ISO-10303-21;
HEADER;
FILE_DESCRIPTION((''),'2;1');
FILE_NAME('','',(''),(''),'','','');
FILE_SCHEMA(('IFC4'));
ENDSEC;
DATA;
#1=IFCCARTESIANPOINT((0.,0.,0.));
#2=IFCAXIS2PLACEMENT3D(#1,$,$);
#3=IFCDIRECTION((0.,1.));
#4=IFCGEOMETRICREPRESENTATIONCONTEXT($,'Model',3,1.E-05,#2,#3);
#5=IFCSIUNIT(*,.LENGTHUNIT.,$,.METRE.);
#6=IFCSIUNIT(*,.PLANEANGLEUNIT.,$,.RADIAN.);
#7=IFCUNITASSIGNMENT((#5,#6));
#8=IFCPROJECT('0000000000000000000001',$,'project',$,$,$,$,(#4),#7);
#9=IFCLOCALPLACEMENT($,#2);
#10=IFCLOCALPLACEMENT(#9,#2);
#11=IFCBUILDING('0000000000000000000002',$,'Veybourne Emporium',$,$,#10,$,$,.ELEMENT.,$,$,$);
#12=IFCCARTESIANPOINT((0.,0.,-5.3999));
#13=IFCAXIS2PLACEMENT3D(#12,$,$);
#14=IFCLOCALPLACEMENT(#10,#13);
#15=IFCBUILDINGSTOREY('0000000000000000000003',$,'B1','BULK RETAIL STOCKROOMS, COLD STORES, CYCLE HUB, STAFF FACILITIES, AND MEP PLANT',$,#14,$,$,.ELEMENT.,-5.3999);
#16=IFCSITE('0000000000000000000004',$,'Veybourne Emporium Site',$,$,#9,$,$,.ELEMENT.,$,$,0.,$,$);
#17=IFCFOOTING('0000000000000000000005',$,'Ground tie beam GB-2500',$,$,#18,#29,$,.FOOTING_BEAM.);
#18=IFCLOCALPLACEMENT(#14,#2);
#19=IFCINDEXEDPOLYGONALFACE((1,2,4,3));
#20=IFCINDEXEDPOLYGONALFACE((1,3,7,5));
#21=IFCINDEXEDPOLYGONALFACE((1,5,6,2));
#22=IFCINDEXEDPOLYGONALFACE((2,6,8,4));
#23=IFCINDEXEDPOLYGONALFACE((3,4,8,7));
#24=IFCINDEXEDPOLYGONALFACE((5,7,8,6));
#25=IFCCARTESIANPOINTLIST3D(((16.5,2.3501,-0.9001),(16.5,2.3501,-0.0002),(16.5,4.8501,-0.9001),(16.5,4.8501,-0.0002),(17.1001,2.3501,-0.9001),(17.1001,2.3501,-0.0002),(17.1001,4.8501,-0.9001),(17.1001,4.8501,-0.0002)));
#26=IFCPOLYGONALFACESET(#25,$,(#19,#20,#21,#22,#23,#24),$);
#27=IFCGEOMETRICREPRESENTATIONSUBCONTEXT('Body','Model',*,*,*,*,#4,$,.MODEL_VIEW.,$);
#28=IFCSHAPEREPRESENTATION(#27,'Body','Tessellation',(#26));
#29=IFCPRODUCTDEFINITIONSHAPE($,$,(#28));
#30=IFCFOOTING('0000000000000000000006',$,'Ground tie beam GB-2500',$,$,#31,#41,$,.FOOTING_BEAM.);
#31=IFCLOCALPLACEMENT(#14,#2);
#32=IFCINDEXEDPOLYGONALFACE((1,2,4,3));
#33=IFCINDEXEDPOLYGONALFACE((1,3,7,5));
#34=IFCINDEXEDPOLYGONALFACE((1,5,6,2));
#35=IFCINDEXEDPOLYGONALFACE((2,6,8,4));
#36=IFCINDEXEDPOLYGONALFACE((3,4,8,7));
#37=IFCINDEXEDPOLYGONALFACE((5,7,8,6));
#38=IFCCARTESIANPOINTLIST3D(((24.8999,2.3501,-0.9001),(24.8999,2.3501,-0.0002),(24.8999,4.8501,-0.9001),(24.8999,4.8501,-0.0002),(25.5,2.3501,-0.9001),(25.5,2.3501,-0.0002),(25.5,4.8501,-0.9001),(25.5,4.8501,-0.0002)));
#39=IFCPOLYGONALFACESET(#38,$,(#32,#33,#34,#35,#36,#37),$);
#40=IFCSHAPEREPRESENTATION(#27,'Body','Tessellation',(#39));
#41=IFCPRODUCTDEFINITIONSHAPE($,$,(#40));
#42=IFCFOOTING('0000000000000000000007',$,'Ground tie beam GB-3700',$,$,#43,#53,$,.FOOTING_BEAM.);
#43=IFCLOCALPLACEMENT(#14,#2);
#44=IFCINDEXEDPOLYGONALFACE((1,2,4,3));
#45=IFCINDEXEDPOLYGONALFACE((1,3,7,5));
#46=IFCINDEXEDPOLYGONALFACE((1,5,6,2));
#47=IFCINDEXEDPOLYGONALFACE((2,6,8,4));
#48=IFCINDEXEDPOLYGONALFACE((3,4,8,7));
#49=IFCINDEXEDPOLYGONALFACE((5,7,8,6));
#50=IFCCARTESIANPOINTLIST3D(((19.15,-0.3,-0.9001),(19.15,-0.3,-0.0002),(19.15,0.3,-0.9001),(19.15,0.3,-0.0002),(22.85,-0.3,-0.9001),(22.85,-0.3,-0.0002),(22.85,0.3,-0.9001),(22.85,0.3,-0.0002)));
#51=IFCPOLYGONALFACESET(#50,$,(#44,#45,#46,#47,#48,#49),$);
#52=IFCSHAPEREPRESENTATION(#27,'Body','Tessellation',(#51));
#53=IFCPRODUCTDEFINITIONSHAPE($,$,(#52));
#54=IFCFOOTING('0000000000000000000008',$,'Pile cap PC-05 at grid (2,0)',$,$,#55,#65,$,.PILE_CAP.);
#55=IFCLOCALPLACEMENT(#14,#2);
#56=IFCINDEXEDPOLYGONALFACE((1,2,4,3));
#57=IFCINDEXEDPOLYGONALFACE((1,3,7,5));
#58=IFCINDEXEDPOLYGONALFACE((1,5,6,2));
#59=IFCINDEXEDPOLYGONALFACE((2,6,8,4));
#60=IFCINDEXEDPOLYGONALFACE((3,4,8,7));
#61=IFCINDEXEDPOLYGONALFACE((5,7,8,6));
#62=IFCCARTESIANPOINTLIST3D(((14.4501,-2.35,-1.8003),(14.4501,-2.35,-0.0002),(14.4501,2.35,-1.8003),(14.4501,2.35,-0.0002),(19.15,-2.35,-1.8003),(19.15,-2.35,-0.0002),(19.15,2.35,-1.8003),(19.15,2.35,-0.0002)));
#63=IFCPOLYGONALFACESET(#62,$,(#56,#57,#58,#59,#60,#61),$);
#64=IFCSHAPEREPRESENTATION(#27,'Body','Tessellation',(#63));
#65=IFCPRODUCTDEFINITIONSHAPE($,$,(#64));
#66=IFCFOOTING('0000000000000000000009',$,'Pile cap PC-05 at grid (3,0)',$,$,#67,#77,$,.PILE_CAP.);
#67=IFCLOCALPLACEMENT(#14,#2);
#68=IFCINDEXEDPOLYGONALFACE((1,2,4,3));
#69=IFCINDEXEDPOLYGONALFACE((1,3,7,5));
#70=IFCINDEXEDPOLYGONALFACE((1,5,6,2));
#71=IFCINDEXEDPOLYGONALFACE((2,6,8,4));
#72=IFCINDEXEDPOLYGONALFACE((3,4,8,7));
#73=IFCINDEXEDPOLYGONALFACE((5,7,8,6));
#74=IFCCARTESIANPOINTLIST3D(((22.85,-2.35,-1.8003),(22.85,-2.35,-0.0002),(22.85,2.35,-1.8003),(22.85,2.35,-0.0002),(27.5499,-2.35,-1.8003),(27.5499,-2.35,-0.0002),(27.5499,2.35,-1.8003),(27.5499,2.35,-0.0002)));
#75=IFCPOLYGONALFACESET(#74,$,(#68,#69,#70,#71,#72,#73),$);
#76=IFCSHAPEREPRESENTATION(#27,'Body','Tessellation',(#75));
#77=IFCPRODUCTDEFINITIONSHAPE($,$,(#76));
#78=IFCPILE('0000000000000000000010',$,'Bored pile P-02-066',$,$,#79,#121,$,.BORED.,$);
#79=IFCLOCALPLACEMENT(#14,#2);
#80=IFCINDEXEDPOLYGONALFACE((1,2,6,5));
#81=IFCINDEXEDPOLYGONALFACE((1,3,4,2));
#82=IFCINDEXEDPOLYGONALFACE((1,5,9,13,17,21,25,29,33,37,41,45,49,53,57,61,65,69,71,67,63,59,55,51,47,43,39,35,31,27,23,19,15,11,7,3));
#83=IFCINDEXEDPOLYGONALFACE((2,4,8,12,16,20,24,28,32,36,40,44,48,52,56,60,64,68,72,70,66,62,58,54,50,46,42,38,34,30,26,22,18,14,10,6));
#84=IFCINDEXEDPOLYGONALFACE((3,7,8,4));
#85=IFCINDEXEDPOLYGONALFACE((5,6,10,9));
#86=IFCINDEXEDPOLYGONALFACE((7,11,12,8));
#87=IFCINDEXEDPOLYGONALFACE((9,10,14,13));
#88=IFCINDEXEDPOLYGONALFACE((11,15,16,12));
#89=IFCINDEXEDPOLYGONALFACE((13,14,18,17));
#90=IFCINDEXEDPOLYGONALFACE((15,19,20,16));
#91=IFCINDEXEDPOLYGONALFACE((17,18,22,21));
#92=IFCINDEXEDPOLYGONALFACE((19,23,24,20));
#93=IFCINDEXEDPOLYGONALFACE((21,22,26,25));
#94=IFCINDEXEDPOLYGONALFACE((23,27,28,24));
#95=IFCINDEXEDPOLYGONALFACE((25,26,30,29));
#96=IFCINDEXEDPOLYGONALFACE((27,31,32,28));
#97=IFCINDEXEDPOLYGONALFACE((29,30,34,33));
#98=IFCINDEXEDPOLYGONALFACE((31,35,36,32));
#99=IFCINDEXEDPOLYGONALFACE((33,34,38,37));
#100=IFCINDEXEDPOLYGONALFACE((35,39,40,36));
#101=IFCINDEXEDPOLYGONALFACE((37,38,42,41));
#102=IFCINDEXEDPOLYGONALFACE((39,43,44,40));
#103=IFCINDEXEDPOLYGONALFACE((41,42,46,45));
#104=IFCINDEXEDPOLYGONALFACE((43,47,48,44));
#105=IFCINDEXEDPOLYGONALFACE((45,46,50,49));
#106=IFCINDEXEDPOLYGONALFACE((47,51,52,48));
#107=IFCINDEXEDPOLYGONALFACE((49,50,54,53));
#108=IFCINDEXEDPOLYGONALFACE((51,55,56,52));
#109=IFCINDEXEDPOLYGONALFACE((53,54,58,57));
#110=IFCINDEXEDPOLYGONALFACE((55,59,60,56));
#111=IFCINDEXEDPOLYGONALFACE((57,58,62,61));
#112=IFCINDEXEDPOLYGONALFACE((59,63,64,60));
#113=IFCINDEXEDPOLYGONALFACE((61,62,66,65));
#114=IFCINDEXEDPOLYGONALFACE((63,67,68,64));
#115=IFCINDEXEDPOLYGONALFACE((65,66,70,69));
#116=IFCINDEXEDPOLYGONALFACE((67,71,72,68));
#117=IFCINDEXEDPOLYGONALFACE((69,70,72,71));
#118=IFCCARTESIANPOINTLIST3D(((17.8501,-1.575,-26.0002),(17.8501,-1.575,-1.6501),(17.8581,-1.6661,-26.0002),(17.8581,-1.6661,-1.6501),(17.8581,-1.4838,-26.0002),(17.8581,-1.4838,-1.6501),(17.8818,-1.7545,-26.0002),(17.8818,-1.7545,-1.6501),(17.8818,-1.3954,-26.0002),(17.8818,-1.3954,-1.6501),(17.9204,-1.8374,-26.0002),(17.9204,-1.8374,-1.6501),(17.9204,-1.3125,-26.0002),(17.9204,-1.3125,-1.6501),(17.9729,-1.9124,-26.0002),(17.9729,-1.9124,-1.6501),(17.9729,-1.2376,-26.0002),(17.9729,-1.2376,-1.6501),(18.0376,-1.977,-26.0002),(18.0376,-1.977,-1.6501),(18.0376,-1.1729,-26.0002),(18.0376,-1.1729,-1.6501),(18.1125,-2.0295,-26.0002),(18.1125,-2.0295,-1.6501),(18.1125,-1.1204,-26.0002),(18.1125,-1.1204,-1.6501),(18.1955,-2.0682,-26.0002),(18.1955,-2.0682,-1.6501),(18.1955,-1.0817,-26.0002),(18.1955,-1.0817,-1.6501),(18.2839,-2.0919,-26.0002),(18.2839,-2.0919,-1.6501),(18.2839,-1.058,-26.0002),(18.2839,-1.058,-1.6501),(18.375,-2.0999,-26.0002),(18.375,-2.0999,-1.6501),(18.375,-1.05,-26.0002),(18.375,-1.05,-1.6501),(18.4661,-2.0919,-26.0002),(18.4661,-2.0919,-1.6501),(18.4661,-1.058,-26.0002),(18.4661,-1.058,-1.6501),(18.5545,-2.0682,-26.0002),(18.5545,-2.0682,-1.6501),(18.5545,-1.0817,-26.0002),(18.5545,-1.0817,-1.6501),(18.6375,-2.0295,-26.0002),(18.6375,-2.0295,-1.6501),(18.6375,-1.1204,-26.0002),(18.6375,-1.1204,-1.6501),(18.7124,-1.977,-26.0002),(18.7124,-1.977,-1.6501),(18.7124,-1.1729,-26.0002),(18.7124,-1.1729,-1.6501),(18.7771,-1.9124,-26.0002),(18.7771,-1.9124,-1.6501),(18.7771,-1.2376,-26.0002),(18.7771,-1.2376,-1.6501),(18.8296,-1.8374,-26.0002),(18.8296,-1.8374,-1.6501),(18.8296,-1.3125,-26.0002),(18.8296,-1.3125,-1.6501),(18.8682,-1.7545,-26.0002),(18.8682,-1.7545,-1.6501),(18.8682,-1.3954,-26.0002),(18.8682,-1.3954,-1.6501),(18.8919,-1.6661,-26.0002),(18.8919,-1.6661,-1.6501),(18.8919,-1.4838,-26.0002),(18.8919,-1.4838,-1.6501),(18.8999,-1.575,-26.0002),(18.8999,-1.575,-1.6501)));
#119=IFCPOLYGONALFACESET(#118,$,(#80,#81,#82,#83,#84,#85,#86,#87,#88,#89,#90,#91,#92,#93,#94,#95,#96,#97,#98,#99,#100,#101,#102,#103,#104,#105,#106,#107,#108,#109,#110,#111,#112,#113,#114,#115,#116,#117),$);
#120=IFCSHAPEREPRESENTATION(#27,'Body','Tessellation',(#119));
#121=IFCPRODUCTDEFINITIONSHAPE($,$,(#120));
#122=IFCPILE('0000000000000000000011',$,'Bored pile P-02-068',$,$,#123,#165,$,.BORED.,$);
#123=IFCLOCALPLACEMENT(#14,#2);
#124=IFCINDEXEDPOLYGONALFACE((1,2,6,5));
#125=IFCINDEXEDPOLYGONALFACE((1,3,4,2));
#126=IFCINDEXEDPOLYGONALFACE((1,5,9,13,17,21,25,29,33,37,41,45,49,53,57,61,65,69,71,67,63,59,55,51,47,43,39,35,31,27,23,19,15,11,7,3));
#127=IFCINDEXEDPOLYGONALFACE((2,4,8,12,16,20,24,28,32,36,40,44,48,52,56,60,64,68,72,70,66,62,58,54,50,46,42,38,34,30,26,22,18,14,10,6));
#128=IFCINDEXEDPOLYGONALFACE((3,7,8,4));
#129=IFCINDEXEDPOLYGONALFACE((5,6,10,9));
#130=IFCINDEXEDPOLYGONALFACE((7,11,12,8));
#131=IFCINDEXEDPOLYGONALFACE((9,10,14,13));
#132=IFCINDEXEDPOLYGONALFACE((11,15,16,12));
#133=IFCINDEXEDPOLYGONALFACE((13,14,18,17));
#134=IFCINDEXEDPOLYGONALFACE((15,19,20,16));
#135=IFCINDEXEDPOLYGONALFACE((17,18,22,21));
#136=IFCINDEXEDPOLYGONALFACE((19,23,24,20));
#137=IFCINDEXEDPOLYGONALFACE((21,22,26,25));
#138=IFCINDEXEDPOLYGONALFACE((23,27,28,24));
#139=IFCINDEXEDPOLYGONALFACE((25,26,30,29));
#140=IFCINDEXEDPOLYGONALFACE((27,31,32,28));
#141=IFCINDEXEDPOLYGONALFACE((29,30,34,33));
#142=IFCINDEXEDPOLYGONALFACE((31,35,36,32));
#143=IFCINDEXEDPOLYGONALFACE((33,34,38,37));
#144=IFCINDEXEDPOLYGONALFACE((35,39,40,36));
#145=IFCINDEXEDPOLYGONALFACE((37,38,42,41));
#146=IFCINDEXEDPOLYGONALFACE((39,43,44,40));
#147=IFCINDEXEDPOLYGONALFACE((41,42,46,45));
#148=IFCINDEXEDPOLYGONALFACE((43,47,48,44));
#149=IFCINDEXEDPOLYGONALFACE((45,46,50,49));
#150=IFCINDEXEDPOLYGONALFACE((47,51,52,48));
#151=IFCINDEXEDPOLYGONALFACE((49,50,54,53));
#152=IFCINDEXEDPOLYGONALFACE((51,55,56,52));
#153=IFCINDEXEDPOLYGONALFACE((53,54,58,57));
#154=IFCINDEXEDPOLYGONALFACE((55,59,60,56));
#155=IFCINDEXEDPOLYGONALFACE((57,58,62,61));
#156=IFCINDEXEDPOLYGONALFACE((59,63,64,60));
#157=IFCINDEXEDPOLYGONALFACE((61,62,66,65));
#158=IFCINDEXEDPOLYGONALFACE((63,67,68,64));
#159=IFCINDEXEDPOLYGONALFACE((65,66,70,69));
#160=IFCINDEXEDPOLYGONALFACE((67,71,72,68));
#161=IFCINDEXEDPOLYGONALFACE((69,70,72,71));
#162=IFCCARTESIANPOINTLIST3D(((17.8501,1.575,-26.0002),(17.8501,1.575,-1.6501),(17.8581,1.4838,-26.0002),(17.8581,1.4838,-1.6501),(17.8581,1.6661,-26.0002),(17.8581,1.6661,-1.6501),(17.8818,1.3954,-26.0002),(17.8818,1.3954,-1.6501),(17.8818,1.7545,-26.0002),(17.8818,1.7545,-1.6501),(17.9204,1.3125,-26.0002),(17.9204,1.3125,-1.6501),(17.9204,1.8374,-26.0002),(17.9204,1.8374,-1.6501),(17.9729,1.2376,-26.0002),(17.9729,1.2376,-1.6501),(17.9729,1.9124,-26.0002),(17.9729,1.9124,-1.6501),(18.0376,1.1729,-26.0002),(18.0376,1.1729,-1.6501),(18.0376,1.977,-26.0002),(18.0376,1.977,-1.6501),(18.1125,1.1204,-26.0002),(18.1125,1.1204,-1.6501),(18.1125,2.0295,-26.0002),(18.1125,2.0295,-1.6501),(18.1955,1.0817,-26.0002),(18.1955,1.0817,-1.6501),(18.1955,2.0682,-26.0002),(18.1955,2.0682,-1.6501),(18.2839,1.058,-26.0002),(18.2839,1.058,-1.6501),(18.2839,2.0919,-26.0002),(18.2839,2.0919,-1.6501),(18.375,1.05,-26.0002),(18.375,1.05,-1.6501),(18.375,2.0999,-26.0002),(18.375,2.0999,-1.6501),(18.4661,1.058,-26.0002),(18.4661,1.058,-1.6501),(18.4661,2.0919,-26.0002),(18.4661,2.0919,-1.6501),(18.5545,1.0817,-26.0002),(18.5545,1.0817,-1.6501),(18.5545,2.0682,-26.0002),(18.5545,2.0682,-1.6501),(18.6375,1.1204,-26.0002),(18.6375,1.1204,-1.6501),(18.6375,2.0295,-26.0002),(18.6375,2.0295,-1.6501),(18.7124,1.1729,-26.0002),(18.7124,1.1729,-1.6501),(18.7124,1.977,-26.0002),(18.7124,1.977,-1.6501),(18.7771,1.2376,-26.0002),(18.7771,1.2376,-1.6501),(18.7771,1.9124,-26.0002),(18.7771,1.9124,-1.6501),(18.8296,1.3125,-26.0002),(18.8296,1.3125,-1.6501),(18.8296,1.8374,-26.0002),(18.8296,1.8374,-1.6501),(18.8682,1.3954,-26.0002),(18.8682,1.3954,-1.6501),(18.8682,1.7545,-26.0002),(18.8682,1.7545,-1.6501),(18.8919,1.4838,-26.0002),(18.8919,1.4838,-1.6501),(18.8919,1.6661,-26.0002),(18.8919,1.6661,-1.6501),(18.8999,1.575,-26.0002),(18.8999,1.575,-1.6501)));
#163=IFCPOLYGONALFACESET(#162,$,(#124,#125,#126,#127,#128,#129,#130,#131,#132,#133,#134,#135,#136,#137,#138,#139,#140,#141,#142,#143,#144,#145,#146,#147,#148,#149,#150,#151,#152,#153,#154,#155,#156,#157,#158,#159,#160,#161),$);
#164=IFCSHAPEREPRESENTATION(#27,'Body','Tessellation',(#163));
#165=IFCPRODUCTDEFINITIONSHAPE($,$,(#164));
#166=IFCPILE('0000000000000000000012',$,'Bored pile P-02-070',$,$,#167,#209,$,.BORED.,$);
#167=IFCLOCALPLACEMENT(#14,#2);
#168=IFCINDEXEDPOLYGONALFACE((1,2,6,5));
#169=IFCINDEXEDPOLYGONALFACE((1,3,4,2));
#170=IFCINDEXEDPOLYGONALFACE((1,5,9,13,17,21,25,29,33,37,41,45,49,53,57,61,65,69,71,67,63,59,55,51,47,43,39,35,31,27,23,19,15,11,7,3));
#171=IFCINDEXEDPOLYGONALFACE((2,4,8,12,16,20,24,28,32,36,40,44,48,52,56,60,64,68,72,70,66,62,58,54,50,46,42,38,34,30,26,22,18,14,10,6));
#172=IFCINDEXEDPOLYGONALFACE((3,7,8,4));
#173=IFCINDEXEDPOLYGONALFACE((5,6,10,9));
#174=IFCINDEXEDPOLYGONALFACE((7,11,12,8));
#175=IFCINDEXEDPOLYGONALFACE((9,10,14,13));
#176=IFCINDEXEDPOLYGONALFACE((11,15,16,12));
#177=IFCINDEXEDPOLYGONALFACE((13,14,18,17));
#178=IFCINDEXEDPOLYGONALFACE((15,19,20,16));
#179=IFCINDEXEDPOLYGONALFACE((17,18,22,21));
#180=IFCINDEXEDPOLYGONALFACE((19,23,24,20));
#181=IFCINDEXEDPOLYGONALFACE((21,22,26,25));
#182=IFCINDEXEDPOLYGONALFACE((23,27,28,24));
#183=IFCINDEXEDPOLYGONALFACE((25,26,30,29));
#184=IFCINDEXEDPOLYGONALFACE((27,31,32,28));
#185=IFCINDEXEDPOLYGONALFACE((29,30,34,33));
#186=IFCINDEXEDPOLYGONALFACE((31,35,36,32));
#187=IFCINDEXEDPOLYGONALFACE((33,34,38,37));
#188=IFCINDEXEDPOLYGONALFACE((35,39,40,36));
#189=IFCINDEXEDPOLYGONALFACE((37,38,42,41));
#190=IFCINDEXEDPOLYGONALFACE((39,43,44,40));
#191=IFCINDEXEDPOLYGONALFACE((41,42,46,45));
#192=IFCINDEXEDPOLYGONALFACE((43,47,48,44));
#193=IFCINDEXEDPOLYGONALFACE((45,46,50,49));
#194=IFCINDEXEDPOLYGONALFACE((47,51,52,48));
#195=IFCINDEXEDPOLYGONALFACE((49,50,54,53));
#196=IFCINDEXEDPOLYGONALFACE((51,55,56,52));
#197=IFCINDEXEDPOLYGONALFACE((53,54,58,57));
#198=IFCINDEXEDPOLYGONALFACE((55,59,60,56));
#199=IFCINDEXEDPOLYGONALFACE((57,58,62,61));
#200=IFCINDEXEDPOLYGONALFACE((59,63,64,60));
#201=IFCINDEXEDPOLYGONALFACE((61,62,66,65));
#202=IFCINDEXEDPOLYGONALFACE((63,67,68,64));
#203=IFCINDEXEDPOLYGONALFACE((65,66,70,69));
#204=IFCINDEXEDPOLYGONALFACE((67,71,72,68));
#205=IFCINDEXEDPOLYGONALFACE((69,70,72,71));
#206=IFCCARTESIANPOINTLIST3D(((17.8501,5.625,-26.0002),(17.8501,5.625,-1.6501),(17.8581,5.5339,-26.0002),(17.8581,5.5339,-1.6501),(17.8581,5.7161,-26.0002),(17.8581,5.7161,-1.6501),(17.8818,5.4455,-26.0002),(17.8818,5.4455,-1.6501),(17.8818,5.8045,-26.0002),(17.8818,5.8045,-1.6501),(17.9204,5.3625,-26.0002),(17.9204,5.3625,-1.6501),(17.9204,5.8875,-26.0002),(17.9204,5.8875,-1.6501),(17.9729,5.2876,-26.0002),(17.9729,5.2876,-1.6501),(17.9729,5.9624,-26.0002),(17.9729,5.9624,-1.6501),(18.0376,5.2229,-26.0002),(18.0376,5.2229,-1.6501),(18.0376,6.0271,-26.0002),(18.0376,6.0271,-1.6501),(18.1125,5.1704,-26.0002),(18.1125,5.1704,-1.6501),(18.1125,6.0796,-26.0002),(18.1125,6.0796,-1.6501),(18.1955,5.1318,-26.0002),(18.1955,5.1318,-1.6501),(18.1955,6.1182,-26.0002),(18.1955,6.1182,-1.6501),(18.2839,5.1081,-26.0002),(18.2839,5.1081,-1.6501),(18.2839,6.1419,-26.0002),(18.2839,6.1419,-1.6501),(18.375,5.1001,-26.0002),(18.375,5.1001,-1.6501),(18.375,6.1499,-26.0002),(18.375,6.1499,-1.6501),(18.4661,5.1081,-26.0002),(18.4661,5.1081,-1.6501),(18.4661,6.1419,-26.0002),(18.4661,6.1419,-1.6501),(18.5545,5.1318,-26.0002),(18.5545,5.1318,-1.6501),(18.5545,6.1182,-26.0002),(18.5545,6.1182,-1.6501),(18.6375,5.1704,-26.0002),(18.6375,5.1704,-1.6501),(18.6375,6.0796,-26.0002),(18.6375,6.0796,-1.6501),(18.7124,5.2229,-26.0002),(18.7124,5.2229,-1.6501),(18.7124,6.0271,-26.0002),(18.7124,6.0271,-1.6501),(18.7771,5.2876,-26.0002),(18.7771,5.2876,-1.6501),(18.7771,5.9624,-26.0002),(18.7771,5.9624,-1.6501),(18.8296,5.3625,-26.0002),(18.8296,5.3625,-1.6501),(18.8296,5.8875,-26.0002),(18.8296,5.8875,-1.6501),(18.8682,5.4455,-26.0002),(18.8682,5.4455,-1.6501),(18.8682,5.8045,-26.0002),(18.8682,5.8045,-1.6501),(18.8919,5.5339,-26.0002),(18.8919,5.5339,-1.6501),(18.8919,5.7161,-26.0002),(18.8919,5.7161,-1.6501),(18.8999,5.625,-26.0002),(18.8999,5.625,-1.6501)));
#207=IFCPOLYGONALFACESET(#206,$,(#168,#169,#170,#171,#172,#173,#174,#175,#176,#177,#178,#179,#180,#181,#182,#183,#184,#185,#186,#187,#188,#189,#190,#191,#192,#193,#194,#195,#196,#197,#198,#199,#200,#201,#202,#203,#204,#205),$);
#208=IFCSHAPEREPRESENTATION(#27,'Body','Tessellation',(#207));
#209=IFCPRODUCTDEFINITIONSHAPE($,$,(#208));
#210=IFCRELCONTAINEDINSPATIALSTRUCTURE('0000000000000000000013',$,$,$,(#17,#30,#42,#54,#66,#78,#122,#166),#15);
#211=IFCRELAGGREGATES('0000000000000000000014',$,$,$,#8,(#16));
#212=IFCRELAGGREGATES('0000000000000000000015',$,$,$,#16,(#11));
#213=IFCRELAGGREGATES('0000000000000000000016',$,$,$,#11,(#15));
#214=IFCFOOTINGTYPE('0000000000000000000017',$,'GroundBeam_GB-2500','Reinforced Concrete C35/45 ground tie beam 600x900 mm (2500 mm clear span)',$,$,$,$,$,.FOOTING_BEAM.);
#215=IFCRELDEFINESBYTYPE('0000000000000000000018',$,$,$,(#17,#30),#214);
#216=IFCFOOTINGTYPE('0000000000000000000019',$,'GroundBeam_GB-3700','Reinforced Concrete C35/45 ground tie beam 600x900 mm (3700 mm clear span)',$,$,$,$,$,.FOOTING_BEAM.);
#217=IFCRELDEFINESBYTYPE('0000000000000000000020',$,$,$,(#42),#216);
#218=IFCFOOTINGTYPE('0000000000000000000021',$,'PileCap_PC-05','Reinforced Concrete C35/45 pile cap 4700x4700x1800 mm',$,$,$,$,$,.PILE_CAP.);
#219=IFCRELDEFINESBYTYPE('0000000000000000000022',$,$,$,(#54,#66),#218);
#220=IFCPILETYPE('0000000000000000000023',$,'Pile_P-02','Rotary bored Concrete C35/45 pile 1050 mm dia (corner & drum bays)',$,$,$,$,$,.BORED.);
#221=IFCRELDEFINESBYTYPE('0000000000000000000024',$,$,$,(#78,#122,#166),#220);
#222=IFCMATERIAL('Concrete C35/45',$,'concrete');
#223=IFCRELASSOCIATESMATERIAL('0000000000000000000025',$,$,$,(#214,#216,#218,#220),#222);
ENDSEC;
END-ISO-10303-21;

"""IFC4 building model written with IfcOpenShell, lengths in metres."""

from ifc_helpers import new_model, si_unit, direction, frame, origin, origin_2d, place, context, subcontext, project, spatial, rectangle, circle, extrude, material, material_profile, profile_set, type_object, element, save


model = new_model("IFC4")

# Units and contexts
model_context = context("Model", 3, precision=1e-05, world=origin(), true_north=direction((0.0, 1.0)))
body_context = subcontext(model_context, "Body", "Model", "MODEL_VIEW")
ifc_project = project(units=[si_unit("LENGTHUNIT", "METRE"), si_unit("PLANEANGLEUNIT", "RADIAN")], contexts=[model_context])

# Site, building, storey
site_placement = place(None, origin())
site = spatial("IfcSite", under=ifc_project, at=site_placement, Name="Veybourne Emporium Site", CompositionType="ELEMENT", RefElevation=0.0)
building_placement = place(site_placement, origin())
building = spatial("IfcBuilding", under=site, at=building_placement, Name="Veybourne Emporium", CompositionType="ELEMENT")
storey_placement = place(building_placement, frame((0.0, 0.0, -5.3999)))
storey = spatial("IfcBuildingStorey", under=building, at=storey_placement, Name="B1", Description="BULK RETAIL STOCKROOMS, COLD STORES, CYCLE HUB, STAFF FACILITIES, AND MEP PLANT", CompositionType="ELEMENT", Elevation=-5.3999)

# Footings
ifc_material_1 = material(Name="Concrete C35/45", Category="concrete")
footing_type_1 = type_object("IfcFootingType", Name="GroundBeam_GB-2500", Description="Reinforced Concrete C35/45 ground tie beam 600x900 mm (2500 mm clear span)", PredefinedType="FOOTING_BEAM", material=ifc_material_1)
for number, where, z_axis, x_axis, name in (
    (1, (16.8, 3.6001, -0.9001), (0.0, 0.0, 1.0), (0.0, 1.0, 0.0), "Ground tie beam GB-2500"),
    (2, (25.2, 3.6001, -0.9001), (0.0, 0.0, 1.0), (0.0, 1.0, 0.0), "Ground tie beam GB-2500"),
):
    element("IfcFooting", number, at=place(storey_placement, frame(where, z_axis=z_axis, x_axis=x_axis)), inside=storey, type_object=footing_type_1, Name=name, PredefinedType="FOOTING_BEAM", context=body_context, shape_type="SweptSolid", body=[
        extrude(rectangle(XDim=2.5, YDim=0.6001, at=origin_2d()), origin(), (0.0, 0.0, 1.0), 0.8999),
    ])
footing_type_2 = type_object("IfcFootingType", Name="GroundBeam_GB-3700", Description="Reinforced Concrete C35/45 ground tie beam 600x900 mm (3700 mm clear span)", PredefinedType="FOOTING_BEAM", material=ifc_material_1)
footing_placement = place(storey_placement, frame((21.0, 0.0, -0.9001), z_axis=(0.0, 0.0, 1.0), x_axis=(1.0, 0.0, 0.0)))
element("IfcFooting", 3, at=footing_placement, inside=storey, type_object=footing_type_2, Name="Ground tie beam GB-3700", PredefinedType="FOOTING_BEAM", context=body_context, shape_type="SweptSolid", body=[
    extrude(rectangle(XDim=3.7, YDim=0.6001, at=origin_2d()), origin(), (0.0, 0.0, 1.0), 0.8999),
])
footing_type_3 = type_object("IfcFootingType", Name="PileCap_PC-05", Description="Reinforced Concrete C35/45 pile cap 4700x4700x1800 mm", PredefinedType="PILE_CAP", material=ifc_material_1)
for number, where, z_axis, x_axis, name in (
    (4, (16.8, 0.0, -1.8003), (0.0, 0.0, 1.0), (1.0, 0.0, 0.0), "Pile cap PC-05 at grid (2,0)"),
    (5, (25.2, 0.0, -1.8003), (0.0, 0.0, 1.0), (1.0, 0.0, 0.0), "Pile cap PC-05 at grid (3,0)"),
):
    element("IfcFooting", number, at=place(storey_placement, frame(where, z_axis=z_axis, x_axis=x_axis)), inside=storey, type_object=footing_type_3, Name=name, PredefinedType="PILE_CAP", context=body_context, shape_type="SweptSolid", body=[
        extrude(rectangle(XDim=4.7, YDim=4.7, at=origin_2d()), origin(), (0.0, 0.0, 1.0), 1.8),
    ])

# Piles
ifc_material_profile_1 = material_profile(ifc_material_1, circle(Radius=0.5249, at=origin_2d()), Name="BORED PILE 1050")
ifc_profile_set_1 = profile_set([ifc_material_profile_1], Name="Concrete C35/45")
pile_type = type_object("IfcPileType", Name="Pile_P-02", Description="Rotary bored Concrete C35/45 pile 1050 mm dia (corner & drum bays)", PredefinedType="BORED", material=ifc_profile_set_1)
for number, where, z_axis, x_axis, name in (
    (6, (18.375, -1.575, -1.6501), (0.0, 0.0, -1.0), (1.0, 0.0, 0.0), "Bored pile P-02-066"),
    (7, (18.375, 1.575, -1.6501), (0.0, 0.0, -1.0), (1.0, 0.0, 0.0), "Bored pile P-02-068"),
    (8, (18.375, 5.625, -1.6501), (0.0, 0.0, -1.0), (1.0, 0.0, 0.0), "Bored pile P-02-070"),
):
    element("IfcPile", number, at=place(storey_placement, frame(where, z_axis=z_axis, x_axis=x_axis)), inside=storey, type_object=pile_type, Name=name, PredefinedType="BORED", context=body_context, shape_type="SweptSolid", body=[
        extrude(circle(Radius=0.5249, at=origin_2d()), origin(), (0.0, 0.0, 1.0), 24.3501),
    ])

save(model, "model.ifc")
